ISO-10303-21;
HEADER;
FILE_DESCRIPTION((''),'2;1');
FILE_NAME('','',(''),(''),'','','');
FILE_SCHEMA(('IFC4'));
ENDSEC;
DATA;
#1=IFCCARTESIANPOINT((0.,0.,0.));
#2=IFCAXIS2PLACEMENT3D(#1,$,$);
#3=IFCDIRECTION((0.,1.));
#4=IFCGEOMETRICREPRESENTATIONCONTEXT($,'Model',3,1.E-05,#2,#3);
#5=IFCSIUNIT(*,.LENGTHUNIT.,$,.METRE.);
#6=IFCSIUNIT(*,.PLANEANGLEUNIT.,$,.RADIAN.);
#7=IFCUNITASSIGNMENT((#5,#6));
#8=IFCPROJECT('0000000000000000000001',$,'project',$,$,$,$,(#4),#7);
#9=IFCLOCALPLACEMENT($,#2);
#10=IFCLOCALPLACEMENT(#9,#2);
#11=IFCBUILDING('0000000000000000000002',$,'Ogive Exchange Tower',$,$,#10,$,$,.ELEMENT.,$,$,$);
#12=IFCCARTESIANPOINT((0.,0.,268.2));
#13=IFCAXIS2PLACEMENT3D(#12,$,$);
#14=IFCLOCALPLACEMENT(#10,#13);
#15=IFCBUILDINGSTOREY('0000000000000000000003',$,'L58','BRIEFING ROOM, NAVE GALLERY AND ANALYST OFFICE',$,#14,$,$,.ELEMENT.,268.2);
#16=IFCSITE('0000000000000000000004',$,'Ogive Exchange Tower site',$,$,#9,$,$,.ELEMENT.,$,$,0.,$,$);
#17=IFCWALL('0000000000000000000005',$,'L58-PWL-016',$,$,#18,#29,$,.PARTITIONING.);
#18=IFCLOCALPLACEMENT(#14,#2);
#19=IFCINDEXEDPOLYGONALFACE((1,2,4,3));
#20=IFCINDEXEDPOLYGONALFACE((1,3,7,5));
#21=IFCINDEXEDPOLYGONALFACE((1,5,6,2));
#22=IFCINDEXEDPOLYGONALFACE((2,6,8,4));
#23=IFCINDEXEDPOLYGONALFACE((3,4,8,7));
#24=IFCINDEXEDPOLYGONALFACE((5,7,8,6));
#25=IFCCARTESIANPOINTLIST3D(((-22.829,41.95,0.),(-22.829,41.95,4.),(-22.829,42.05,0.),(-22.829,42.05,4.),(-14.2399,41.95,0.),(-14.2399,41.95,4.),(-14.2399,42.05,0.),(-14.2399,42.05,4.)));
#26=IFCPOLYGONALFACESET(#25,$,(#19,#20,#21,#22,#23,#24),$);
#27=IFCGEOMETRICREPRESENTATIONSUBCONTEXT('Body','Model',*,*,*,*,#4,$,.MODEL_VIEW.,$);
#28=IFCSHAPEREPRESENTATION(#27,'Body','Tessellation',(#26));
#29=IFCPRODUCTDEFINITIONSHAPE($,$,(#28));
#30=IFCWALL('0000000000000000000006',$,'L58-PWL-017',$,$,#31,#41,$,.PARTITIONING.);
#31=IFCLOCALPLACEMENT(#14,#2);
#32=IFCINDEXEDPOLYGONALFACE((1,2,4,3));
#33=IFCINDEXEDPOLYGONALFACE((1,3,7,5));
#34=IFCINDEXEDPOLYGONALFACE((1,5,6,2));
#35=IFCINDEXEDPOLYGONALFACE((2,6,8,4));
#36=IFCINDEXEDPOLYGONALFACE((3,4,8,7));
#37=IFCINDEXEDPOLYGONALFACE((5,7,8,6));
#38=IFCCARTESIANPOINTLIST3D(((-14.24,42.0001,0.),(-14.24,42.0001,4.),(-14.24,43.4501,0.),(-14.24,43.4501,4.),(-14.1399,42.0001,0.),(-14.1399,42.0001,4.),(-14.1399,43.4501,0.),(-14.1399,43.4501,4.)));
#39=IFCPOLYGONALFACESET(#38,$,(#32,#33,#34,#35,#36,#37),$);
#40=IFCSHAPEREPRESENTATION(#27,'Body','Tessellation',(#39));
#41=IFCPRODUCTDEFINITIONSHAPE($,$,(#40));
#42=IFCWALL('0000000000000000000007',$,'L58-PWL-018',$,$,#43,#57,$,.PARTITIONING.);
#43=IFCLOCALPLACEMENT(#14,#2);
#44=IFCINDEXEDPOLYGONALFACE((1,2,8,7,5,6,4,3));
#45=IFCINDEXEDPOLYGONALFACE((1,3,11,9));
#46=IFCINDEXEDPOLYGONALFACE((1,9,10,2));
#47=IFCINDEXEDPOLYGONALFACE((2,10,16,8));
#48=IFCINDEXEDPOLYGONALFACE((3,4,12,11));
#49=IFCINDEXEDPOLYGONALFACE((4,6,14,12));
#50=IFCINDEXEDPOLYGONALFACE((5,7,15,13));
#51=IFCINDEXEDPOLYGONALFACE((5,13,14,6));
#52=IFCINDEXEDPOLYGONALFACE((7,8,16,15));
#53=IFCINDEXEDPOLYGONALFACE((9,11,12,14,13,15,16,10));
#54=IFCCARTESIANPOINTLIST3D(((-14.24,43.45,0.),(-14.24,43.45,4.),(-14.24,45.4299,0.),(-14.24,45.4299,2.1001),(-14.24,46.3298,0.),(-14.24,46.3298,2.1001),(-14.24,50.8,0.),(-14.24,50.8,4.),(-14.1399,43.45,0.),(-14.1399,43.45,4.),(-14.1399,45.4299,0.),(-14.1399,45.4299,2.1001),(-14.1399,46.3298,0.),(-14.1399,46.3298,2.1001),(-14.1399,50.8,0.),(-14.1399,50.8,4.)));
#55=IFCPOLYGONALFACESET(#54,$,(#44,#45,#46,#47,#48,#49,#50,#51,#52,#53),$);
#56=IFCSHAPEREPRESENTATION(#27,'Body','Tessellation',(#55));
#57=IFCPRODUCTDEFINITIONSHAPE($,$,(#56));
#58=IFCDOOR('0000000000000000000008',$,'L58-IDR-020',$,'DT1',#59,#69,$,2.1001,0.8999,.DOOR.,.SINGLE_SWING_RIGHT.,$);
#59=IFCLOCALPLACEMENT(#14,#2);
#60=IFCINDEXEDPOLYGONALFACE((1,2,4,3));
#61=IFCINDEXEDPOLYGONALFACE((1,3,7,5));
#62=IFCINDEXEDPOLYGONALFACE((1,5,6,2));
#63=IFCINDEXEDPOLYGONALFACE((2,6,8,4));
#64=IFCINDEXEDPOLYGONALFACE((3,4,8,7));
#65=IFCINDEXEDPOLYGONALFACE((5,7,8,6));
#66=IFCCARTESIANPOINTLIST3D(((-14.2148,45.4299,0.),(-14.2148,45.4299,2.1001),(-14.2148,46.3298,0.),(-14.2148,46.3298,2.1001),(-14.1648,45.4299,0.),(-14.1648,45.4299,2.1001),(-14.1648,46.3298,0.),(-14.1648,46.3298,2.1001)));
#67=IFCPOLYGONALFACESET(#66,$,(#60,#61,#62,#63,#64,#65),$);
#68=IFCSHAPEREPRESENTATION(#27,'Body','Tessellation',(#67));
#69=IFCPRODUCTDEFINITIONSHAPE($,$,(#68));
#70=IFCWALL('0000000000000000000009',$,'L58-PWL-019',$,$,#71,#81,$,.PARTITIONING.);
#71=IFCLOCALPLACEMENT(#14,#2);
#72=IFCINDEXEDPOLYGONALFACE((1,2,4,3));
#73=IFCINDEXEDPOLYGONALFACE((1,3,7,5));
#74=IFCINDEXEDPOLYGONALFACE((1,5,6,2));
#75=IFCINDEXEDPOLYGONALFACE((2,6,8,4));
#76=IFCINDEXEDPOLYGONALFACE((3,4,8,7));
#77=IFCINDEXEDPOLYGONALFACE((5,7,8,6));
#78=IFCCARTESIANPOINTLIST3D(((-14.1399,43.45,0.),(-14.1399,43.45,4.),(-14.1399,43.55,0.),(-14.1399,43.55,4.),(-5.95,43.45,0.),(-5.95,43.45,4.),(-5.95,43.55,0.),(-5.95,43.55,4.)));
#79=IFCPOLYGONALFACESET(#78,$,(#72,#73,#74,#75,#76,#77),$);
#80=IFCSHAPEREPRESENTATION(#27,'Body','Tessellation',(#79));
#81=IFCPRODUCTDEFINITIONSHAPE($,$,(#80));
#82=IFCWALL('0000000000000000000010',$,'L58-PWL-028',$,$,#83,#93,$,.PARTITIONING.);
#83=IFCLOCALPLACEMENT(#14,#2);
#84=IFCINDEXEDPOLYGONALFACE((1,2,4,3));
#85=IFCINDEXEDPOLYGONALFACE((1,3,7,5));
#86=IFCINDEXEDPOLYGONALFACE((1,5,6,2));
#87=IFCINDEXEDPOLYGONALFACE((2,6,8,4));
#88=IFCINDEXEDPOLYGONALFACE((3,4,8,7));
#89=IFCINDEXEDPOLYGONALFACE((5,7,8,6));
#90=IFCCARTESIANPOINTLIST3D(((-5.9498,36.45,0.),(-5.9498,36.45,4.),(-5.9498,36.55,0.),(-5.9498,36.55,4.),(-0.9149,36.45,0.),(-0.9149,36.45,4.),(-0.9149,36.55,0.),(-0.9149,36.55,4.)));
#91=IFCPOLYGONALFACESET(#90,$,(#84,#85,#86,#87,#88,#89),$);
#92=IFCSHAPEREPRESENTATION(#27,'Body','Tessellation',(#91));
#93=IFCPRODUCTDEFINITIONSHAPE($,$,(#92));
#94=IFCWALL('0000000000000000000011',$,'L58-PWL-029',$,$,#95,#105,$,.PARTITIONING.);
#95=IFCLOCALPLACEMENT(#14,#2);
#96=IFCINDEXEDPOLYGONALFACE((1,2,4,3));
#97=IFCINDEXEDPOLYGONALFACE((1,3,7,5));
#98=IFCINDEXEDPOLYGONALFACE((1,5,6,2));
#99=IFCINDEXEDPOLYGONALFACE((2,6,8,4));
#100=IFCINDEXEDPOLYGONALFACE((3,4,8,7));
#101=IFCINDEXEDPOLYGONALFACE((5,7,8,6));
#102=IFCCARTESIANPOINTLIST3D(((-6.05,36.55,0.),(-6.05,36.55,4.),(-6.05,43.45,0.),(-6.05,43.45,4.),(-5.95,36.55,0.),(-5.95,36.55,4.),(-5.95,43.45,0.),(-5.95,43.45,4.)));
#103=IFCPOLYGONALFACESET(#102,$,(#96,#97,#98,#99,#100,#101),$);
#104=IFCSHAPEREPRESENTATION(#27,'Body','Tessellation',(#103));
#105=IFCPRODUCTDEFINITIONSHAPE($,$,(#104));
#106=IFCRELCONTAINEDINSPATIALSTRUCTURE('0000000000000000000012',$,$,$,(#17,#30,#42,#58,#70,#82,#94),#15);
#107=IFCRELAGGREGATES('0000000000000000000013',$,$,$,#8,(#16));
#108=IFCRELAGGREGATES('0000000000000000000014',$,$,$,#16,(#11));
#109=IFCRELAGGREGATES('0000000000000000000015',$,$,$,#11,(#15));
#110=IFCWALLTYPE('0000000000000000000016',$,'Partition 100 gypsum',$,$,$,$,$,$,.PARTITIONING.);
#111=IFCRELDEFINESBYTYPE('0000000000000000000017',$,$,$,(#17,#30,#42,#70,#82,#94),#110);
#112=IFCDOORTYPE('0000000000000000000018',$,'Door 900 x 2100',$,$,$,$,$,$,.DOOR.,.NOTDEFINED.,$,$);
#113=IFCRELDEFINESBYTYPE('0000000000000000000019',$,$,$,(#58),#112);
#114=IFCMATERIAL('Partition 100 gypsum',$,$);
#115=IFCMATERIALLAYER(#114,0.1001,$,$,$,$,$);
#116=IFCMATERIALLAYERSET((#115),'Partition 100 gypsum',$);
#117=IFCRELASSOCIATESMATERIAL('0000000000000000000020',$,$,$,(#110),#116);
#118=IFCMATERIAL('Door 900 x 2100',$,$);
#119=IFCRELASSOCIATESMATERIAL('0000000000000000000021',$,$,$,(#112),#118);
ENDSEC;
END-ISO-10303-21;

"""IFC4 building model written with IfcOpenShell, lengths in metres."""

from ifc_helpers import new_model, si_unit, direction, frame, frame_2d, origin, place, context, subcontext, project, spatial, rectangle, extrude, material, layer, layer_set, type_object, element, fill, save


model = new_model("IFC4")

# Units and contexts
model_context = context("Model", 3, precision=1e-05, world=origin(), true_north=direction((0.0, 1.0)))
body_context = subcontext(model_context, "Body", "Model", "MODEL_VIEW")
ifc_project = project(units=[si_unit("LENGTHUNIT", "METRE"), si_unit("PLANEANGLEUNIT", "RADIAN")], contexts=[model_context])

# Site, building, storey
site_placement = place(None, origin())
site = spatial("IfcSite", under=ifc_project, at=site_placement, Name="Ogive Exchange Tower site", CompositionType="ELEMENT", RefElevation=0.0)
building_placement = place(site_placement, origin())
building = spatial("IfcBuilding", under=site, at=building_placement, Name="Ogive Exchange Tower", CompositionType="ELEMENT")
storey_placement = place(building_placement, frame((0.0, 0.0, 268.2)))
storey = spatial("IfcBuildingStorey", under=building, at=storey_placement, Name="L58", Description="BRIEFING ROOM, NAVE GALLERY AND ANALYST OFFICE", CompositionType="ELEMENT", Elevation=268.2)

# Shared definitions
ifc_material_1 = material(Name="Partition 100 gypsum")
ifc_layer_1 = layer(ifc_material_1, 0.1001)
ifc_layer_set_1 = layer_set([ifc_layer_1], Name="Partition 100 gypsum")
wall_type_1 = type_object("IfcWallType", Name="Partition 100 gypsum", PredefinedType="PARTITIONING", material=ifc_layer_set_1)

# Shared definitions
ifc_material_2 = material(Name="Door 900 x 2100")
door_type_1 = type_object("IfcDoorType", Name="Door 900 x 2100", OperationType="NOTDEFINED", PredefinedType="DOOR", material=ifc_material_2)

# Walls
wall_1_placement = place(storey_placement, frame((-14.24, 42.0, 0.0), z_axis=(0.0, 0.0, 1.0), x_axis=(-1.0, 0.0, 0.0)))
element("IfcWall", 1, at=wall_1_placement, inside=storey, type_object=wall_type_1, Name="L58-PWL-016", PredefinedType="PARTITIONING", context=body_context, shape_type="SweptSolid", body=[
    extrude(rectangle(XDim=8.5891, YDim=0.1001, at=frame_2d((4.2944, 0.0))), origin(), (0.0, 0.0, 1.0), 4.0),
])
wall_2_placement = place(storey_placement, frame((-14.1899, 42.0, 0.0), z_axis=(0.0, 0.0, 1.0), x_axis=(0.0, 1.0, 0.0)))
element("IfcWall", 2, at=wall_2_placement, inside=storey, type_object=wall_type_1, Name="L58-PWL-017", PredefinedType="PARTITIONING", context=body_context, shape_type="SweptSolid", body=[
    extrude(rectangle(XDim=1.45, YDim=0.1001, at=frame_2d((0.7251, 0.0))), origin(), (0.0, 0.0, 1.0), 4.0),
])

# Wall, opening, door
wall_3_placement = place(storey_placement, frame((-14.1899, 43.45, 0.0), z_axis=(0.0, 0.0, 1.0), x_axis=(0.0, 1.0, 0.0)))
wall_3 = element("IfcWall", 3, at=wall_3_placement, inside=storey, type_object=wall_type_1, Name="L58-PWL-018", PredefinedType="PARTITIONING", context=body_context, shape_type="SweptSolid", body=[
    extrude(rectangle(XDim=7.3501, YDim=0.1001, at=frame_2d((3.675, 0.0))), origin(), (0.0, 0.0, 1.0), 4.0),
])
opening_1_placement = place(wall_3_placement, frame((1.98, 0.0, 0.0)))
opening_1 = element("IfcOpeningElement", 4, at=opening_1_placement, cuts=wall_3, PredefinedType="OPENING", context=body_context, shape_type="SweptSolid", body=[
    extrude(rectangle(XDim=0.8999, YDim=2.1001, at=frame_2d((0.45, 1.05))), frame((0.0, 0.0601, 0.0), z_axis=(0.0, -1.0, 0.0), x_axis=(1.0, 0.0, 0.0)), (0.0, 0.0, 1.0), 0.1201),
])
door_1_placement = place(opening_1_placement, origin())
door_1 = element("IfcDoor", 5, at=door_1_placement, inside=storey, type_object=door_type_1, Name="L58-IDR-020", ObjectType="DT1", OperationType="SINGLE_SWING_RIGHT", OverallHeight=2.1001, OverallWidth=0.8999, PredefinedType="DOOR", context=body_context, shape_type="SweptSolid", body=[
    extrude(rectangle(XDim=0.8999, YDim=2.1001, at=frame_2d((0.45, 1.05))), frame((0.0, 0.0249, 0.0), z_axis=(0.0, -1.0, 0.0), x_axis=(1.0, 0.0, 0.0)), (0.0, 0.0, 1.0), 0.05),
])
fill(opening_1, door_1)

# Walls
wall_4_placement = place(storey_placement, frame((-14.1399, 43.5, 0.0), z_axis=(0.0, 0.0, 1.0), x_axis=(1.0, 0.0, 0.0)))
element("IfcWall", 6, at=wall_4_placement, inside=storey, type_object=wall_type_1, Name="L58-PWL-019", PredefinedType="PARTITIONING", context=body_context, shape_type="SweptSolid", body=[
    extrude(rectangle(XDim=8.1899, YDim=0.1001, at=frame_2d((4.095, 0.0))), origin(), (0.0, 0.0, 1.0), 4.0),
])
wall_5_placement = place(storey_placement, frame((-5.95, 36.5, 0.0), z_axis=(0.0, 0.0, 1.0), x_axis=(1.0, 0.0, 0.0)))
element("IfcWall", 7, at=wall_5_placement, inside=storey, type_object=wall_type_1, Name="L58-PWL-028", PredefinedType="PARTITIONING", context=body_context, shape_type="SweptSolid", body=[
    extrude(rectangle(XDim=5.0349, YDim=0.1001, at=frame_2d((2.5176, 0.0))), origin(), (0.0, 0.0, 1.0), 4.0),
])
wall_6_placement = place(storey_placement, frame((-6.0, 43.45, 0.0), z_axis=(0.0, 0.0, 1.0), x_axis=(0.0, -1.0, 0.0)))
element("IfcWall", 8, at=wall_6_placement, inside=storey, type_object=wall_type_1, Name="L58-PWL-029", PredefinedType="PARTITIONING", context=body_context, shape_type="SweptSolid", body=[
    extrude(rectangle(XDim=6.8999, YDim=0.1001, at=frame_2d((3.45, 0.0))), origin(), (0.0, 0.0, 1.0), 4.0),
])

save(model, "model.ifc")
